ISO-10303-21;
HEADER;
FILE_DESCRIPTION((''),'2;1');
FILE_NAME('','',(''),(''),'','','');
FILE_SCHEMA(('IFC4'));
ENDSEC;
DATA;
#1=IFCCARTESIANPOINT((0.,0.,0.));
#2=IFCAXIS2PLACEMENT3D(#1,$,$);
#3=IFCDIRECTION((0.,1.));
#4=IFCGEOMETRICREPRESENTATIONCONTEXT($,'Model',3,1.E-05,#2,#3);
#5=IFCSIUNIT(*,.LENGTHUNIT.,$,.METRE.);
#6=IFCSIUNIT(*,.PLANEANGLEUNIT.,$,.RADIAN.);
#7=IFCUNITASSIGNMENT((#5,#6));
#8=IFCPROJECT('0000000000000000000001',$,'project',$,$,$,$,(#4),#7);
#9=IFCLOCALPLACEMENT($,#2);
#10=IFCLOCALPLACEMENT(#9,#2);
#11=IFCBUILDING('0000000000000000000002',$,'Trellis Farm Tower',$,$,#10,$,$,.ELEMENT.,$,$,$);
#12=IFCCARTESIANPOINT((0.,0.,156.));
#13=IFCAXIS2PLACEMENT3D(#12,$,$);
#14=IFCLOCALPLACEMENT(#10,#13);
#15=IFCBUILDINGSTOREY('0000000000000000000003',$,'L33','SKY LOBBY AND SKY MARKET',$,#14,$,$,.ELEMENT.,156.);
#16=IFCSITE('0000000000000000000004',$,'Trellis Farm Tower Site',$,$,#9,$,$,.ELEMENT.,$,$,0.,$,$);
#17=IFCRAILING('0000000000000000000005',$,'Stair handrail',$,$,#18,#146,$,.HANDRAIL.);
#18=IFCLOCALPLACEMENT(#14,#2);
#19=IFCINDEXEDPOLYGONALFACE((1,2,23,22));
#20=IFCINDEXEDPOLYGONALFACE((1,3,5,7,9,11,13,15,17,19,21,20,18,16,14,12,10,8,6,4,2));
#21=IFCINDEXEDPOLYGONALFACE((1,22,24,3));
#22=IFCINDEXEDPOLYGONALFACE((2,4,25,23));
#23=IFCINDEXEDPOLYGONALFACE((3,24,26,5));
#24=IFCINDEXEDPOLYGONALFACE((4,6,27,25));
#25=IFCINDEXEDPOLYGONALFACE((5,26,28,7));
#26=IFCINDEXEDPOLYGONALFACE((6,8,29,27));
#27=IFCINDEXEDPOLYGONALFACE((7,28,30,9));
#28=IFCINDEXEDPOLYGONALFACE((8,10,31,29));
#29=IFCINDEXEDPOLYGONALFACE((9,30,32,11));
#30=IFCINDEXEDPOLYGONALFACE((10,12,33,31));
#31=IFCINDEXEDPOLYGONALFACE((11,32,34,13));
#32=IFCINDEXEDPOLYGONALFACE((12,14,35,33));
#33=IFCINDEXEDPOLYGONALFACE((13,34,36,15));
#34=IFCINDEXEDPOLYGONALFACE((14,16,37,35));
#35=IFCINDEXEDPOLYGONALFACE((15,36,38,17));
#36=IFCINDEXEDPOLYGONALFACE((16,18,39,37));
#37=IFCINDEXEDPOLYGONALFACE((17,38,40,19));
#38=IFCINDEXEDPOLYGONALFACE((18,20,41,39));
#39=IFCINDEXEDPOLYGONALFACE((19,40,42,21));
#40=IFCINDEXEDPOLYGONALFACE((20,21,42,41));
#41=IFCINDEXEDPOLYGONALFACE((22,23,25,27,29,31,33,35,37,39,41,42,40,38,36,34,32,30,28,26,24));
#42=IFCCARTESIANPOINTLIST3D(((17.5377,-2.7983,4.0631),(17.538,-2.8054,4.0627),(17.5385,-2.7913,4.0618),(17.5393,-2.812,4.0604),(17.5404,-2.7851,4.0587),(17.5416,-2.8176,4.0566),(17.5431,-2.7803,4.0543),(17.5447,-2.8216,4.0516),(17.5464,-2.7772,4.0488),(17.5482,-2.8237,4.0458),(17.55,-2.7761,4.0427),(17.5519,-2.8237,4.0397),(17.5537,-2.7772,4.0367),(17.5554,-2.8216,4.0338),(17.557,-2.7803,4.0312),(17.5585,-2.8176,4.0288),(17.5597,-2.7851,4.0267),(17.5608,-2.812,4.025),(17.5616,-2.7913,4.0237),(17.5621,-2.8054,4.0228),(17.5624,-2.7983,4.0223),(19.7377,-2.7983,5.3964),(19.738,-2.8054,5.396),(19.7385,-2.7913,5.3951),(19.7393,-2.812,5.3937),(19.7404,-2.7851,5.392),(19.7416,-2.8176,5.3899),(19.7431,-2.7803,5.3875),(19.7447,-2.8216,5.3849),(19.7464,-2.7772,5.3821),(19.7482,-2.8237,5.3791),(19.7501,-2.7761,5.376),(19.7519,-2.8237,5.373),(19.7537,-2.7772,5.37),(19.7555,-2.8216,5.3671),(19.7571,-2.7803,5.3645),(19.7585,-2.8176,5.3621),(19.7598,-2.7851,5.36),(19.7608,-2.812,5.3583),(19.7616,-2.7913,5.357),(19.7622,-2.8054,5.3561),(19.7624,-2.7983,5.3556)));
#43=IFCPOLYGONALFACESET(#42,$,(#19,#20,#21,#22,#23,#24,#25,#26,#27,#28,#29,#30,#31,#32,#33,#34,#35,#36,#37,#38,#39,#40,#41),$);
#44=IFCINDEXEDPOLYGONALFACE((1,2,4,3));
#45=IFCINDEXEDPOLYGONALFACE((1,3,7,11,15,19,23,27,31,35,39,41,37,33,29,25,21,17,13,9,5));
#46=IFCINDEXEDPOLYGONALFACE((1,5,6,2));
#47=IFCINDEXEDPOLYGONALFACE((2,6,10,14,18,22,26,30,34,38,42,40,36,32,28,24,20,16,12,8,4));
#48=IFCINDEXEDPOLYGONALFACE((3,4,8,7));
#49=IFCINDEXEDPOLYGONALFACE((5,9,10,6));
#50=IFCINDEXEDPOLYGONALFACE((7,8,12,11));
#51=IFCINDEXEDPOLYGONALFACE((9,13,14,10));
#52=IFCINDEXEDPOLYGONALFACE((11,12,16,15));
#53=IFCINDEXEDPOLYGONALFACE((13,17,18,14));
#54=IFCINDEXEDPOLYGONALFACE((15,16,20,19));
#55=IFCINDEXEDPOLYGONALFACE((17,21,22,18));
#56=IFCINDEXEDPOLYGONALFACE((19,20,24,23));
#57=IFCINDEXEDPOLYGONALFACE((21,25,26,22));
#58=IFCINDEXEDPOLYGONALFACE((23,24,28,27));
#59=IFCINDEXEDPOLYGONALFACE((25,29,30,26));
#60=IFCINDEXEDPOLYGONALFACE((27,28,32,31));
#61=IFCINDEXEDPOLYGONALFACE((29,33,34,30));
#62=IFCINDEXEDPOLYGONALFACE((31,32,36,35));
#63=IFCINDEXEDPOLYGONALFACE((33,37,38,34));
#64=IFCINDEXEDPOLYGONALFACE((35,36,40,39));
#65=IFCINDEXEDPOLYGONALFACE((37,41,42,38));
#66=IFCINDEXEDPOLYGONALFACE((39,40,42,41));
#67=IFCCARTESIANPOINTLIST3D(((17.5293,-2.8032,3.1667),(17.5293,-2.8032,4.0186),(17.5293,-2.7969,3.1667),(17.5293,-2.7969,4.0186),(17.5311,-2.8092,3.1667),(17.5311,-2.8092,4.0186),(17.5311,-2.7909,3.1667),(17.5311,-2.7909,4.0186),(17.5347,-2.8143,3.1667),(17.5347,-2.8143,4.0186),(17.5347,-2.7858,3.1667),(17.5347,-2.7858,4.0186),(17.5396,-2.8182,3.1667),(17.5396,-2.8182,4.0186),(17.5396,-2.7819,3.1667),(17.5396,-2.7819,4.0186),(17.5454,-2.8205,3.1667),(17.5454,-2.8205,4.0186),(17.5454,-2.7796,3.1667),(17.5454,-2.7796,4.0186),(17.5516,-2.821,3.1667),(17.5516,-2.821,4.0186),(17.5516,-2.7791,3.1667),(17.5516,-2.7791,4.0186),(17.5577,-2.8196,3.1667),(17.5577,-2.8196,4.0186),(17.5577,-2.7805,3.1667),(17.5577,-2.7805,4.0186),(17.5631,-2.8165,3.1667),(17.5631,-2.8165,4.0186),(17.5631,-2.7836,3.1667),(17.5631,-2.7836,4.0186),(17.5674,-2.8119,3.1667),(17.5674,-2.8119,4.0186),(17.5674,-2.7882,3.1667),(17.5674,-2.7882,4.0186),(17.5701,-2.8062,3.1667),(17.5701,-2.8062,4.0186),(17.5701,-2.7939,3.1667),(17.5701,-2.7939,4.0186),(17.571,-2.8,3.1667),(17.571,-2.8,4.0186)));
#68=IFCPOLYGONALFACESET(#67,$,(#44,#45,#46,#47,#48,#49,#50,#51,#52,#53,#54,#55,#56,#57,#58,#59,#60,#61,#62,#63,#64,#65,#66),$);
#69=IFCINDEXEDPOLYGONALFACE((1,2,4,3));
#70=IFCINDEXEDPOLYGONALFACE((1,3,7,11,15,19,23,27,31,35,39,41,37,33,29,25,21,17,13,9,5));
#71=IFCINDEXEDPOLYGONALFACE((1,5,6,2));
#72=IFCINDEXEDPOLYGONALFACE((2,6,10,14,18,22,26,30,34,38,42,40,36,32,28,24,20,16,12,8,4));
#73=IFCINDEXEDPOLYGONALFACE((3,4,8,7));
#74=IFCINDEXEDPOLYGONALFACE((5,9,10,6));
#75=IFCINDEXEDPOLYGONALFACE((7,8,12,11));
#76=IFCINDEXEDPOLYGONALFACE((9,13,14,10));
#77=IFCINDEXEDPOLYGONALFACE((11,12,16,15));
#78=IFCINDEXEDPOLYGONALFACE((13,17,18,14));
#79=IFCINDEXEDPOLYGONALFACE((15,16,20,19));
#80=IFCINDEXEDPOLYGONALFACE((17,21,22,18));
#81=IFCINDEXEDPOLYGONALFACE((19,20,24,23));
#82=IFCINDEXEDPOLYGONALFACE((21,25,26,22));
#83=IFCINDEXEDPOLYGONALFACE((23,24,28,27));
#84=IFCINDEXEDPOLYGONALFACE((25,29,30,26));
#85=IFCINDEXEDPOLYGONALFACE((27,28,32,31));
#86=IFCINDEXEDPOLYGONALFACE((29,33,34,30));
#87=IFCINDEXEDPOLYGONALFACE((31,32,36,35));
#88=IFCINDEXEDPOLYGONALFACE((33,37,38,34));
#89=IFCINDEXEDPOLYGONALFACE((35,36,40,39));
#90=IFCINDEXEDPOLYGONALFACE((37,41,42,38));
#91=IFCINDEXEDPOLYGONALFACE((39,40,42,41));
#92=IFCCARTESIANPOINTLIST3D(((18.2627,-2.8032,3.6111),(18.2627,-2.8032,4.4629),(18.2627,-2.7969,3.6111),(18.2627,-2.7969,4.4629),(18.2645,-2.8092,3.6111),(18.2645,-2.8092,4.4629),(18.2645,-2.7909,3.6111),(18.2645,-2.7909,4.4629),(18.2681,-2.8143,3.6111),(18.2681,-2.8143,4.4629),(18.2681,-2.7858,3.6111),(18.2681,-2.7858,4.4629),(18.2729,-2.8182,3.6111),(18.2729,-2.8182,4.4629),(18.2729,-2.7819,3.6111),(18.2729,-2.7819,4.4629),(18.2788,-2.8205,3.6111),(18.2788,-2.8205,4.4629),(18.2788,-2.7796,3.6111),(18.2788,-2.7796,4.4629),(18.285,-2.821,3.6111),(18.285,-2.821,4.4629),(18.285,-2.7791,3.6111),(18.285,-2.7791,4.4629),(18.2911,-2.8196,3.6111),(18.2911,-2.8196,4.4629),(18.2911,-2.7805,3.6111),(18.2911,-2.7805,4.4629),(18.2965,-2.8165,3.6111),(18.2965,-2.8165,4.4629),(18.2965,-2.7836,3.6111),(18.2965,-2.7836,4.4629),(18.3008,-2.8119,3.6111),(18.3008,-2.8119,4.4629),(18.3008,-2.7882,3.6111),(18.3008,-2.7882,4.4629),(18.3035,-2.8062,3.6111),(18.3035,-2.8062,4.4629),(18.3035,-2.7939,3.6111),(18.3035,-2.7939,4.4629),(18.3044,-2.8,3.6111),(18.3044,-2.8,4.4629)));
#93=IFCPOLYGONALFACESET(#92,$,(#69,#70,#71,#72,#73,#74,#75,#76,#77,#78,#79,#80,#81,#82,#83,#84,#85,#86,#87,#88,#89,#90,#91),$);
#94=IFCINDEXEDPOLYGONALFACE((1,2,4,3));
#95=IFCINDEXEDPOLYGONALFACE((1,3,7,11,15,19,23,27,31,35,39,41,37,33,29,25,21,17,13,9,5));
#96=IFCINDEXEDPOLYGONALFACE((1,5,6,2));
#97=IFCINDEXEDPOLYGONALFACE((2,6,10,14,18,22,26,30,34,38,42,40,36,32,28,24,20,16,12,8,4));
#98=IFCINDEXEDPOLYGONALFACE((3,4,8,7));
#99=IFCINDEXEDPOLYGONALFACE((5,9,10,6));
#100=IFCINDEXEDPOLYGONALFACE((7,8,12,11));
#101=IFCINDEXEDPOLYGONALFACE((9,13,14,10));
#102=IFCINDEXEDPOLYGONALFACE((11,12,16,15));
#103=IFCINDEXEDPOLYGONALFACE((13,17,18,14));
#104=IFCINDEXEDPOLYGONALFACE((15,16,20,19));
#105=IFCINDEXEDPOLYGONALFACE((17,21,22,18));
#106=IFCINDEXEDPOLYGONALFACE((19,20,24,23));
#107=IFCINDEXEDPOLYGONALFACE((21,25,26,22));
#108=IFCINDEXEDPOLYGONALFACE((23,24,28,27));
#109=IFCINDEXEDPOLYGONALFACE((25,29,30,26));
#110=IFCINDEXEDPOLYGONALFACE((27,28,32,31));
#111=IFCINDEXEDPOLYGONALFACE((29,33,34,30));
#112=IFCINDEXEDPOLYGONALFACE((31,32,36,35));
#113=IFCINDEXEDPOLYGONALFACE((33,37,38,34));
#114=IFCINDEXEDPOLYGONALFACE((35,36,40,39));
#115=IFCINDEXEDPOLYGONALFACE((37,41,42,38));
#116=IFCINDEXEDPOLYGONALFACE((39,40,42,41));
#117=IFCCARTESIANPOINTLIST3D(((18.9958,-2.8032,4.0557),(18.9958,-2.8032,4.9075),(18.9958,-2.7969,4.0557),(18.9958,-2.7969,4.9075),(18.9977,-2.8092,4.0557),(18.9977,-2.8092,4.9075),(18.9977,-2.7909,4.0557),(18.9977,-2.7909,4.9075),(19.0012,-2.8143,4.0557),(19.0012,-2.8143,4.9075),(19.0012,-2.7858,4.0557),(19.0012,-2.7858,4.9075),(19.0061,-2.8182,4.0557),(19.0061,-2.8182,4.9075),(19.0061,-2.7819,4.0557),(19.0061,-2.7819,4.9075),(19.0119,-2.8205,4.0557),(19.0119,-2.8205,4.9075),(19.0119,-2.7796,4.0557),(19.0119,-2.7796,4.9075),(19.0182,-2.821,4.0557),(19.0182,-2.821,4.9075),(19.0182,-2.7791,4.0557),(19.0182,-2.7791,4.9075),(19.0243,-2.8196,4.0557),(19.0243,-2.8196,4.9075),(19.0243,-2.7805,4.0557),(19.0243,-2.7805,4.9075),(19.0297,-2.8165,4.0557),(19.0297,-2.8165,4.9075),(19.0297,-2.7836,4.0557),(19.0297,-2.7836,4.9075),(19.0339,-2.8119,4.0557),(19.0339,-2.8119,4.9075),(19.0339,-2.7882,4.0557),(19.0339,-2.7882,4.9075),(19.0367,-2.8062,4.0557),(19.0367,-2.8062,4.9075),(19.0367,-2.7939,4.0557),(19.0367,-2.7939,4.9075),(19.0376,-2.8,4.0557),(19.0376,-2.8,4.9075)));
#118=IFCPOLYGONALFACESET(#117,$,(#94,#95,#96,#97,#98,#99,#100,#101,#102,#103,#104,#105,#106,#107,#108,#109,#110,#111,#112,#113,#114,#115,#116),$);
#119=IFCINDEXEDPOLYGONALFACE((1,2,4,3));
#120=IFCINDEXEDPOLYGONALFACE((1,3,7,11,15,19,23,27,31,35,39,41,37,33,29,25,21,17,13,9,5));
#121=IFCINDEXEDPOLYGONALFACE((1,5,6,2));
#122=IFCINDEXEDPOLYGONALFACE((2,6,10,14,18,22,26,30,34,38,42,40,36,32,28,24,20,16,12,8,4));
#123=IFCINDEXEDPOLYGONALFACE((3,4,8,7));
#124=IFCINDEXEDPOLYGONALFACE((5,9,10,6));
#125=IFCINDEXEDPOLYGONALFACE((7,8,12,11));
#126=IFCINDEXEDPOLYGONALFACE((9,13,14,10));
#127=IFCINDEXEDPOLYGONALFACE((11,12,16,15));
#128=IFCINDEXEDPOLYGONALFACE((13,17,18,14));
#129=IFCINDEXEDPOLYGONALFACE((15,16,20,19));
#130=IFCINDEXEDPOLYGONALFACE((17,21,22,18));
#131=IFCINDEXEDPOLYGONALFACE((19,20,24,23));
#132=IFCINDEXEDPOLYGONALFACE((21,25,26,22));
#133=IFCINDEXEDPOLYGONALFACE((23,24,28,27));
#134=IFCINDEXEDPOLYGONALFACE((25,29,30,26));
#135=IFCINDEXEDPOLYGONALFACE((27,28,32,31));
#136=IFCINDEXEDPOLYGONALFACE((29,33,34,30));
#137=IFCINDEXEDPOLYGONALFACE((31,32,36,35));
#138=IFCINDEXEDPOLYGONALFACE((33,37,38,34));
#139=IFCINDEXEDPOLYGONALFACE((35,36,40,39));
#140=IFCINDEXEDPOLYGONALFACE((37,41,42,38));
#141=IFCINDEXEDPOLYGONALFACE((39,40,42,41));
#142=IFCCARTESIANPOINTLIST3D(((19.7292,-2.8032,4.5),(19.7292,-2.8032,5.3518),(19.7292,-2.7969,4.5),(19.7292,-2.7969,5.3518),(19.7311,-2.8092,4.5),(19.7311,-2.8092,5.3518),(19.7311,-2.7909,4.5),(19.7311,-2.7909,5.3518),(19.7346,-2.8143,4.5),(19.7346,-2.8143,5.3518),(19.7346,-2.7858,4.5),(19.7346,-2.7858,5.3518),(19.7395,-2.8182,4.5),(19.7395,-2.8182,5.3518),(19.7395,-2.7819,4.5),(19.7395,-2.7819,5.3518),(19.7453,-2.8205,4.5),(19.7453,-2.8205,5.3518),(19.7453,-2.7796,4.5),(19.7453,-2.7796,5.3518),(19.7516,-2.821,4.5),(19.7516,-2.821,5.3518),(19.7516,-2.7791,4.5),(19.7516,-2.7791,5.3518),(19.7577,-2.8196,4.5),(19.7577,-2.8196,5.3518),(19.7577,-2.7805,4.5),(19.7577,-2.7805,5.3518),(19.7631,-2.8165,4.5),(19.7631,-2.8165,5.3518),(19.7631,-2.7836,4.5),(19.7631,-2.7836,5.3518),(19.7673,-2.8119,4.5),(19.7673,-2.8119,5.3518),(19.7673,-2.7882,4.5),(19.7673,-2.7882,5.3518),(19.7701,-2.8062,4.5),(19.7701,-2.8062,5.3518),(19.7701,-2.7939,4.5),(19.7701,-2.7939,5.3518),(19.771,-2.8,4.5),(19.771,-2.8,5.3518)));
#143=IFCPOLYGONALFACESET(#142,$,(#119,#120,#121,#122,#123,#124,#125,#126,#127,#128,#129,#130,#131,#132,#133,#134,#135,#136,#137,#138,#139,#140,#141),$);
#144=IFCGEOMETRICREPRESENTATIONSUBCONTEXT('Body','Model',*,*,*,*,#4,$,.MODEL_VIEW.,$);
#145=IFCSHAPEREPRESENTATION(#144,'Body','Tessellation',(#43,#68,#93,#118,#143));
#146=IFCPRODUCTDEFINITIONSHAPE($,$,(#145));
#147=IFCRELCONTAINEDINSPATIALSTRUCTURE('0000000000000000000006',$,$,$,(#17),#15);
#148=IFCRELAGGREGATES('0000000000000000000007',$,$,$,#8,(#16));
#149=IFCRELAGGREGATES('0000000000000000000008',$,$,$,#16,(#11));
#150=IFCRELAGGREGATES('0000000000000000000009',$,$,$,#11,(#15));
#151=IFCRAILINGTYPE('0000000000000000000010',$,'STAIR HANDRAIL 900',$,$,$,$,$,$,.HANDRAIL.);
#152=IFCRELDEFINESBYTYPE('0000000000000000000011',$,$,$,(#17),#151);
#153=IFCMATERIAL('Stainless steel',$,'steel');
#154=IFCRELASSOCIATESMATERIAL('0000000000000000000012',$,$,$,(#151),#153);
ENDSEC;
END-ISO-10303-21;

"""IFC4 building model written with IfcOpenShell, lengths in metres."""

from ifc_helpers import new_model, si_unit, direction, frame, origin, origin_2d, place, context, subcontext, project, spatial, circle, extrude, source, transform, mapped, material, type_object, element, save


model = new_model("IFC4")

# Units and contexts
model_context = context("Model", 3, precision=1e-05, world=origin(), true_north=direction((0.0, 1.0)))
body_context = subcontext(model_context, "Body", "Model", "MODEL_VIEW")
ifc_project = project(units=[si_unit("LENGTHUNIT", "METRE"), si_unit("PLANEANGLEUNIT", "RADIAN")], contexts=[model_context])

# Site, building, storey
site_placement = place(None, origin())
site = spatial("IfcSite", under=ifc_project, at=site_placement, Name="Trellis Farm Tower Site", CompositionType="ELEMENT", RefElevation=0.0)
building_placement = place(site_placement, origin())
building = spatial("IfcBuilding", under=site, at=building_placement, Name="Trellis Farm Tower", CompositionType="ELEMENT")
storey_placement = place(building_placement, frame((0.0, 0.0, 156.0)))
storey = spatial("IfcBuildingStorey", under=building, at=storey_placement, Name="L33", Description="SKY LOBBY AND SKY MARKET", CompositionType="ELEMENT", Elevation=156.0)

# Shared definitions
ifc_material_1 = material(Name="Stainless steel", Category="steel")

# Railing
railing_type = type_object("IfcRailingType", Name="STAIR HANDRAIL 900", PredefinedType="HANDRAIL", material=ifc_material_1)
shared_shape_1 = source(origin(), body_context, "Body", "SweptSolid", [
    extrude(circle(Radius=0.0239, at=origin_2d()), frame((0.0, 0.0, 0.876), z_axis=(0.855207, 0.0, 0.518287), x_axis=(0.0, 1.0, 0.0)), (0.0, 0.0, 1.0), 2.5725),
    extrude(circle(Radius=0.021, at=origin_2d()), origin(), (0.0, 0.0, 1.0), 0.8518),
    extrude(circle(Radius=0.021, at=origin_2d()), frame((0.7334, 0.0, 0.4443)), (0.0, 0.0, 1.0), 0.8518),
    extrude(circle(Radius=0.021, at=origin_2d()), frame((1.4666, 0.0, 0.8889)), (0.0, 0.0, 1.0), 0.8518),
    extrude(circle(Radius=0.021, at=origin_2d()), frame((2.2, 0.0, 1.3333)), (0.0, 0.0, 1.0), 0.8518),
])
for number, where, name in (
    (1, (17.55, -2.8, 3.1667), "Stair handrail"),
):
    element("IfcRailing", number, at=place(storey_placement, frame(where)), inside=storey, type_object=railing_type, Name=name, PredefinedType="HANDRAIL", context=body_context, shape_type="MappedRepresentation", body=[
        mapped(shared_shape_1, transform((0.0, 0.0, 0.0))),
    ])

save(model, "model.ifc")
